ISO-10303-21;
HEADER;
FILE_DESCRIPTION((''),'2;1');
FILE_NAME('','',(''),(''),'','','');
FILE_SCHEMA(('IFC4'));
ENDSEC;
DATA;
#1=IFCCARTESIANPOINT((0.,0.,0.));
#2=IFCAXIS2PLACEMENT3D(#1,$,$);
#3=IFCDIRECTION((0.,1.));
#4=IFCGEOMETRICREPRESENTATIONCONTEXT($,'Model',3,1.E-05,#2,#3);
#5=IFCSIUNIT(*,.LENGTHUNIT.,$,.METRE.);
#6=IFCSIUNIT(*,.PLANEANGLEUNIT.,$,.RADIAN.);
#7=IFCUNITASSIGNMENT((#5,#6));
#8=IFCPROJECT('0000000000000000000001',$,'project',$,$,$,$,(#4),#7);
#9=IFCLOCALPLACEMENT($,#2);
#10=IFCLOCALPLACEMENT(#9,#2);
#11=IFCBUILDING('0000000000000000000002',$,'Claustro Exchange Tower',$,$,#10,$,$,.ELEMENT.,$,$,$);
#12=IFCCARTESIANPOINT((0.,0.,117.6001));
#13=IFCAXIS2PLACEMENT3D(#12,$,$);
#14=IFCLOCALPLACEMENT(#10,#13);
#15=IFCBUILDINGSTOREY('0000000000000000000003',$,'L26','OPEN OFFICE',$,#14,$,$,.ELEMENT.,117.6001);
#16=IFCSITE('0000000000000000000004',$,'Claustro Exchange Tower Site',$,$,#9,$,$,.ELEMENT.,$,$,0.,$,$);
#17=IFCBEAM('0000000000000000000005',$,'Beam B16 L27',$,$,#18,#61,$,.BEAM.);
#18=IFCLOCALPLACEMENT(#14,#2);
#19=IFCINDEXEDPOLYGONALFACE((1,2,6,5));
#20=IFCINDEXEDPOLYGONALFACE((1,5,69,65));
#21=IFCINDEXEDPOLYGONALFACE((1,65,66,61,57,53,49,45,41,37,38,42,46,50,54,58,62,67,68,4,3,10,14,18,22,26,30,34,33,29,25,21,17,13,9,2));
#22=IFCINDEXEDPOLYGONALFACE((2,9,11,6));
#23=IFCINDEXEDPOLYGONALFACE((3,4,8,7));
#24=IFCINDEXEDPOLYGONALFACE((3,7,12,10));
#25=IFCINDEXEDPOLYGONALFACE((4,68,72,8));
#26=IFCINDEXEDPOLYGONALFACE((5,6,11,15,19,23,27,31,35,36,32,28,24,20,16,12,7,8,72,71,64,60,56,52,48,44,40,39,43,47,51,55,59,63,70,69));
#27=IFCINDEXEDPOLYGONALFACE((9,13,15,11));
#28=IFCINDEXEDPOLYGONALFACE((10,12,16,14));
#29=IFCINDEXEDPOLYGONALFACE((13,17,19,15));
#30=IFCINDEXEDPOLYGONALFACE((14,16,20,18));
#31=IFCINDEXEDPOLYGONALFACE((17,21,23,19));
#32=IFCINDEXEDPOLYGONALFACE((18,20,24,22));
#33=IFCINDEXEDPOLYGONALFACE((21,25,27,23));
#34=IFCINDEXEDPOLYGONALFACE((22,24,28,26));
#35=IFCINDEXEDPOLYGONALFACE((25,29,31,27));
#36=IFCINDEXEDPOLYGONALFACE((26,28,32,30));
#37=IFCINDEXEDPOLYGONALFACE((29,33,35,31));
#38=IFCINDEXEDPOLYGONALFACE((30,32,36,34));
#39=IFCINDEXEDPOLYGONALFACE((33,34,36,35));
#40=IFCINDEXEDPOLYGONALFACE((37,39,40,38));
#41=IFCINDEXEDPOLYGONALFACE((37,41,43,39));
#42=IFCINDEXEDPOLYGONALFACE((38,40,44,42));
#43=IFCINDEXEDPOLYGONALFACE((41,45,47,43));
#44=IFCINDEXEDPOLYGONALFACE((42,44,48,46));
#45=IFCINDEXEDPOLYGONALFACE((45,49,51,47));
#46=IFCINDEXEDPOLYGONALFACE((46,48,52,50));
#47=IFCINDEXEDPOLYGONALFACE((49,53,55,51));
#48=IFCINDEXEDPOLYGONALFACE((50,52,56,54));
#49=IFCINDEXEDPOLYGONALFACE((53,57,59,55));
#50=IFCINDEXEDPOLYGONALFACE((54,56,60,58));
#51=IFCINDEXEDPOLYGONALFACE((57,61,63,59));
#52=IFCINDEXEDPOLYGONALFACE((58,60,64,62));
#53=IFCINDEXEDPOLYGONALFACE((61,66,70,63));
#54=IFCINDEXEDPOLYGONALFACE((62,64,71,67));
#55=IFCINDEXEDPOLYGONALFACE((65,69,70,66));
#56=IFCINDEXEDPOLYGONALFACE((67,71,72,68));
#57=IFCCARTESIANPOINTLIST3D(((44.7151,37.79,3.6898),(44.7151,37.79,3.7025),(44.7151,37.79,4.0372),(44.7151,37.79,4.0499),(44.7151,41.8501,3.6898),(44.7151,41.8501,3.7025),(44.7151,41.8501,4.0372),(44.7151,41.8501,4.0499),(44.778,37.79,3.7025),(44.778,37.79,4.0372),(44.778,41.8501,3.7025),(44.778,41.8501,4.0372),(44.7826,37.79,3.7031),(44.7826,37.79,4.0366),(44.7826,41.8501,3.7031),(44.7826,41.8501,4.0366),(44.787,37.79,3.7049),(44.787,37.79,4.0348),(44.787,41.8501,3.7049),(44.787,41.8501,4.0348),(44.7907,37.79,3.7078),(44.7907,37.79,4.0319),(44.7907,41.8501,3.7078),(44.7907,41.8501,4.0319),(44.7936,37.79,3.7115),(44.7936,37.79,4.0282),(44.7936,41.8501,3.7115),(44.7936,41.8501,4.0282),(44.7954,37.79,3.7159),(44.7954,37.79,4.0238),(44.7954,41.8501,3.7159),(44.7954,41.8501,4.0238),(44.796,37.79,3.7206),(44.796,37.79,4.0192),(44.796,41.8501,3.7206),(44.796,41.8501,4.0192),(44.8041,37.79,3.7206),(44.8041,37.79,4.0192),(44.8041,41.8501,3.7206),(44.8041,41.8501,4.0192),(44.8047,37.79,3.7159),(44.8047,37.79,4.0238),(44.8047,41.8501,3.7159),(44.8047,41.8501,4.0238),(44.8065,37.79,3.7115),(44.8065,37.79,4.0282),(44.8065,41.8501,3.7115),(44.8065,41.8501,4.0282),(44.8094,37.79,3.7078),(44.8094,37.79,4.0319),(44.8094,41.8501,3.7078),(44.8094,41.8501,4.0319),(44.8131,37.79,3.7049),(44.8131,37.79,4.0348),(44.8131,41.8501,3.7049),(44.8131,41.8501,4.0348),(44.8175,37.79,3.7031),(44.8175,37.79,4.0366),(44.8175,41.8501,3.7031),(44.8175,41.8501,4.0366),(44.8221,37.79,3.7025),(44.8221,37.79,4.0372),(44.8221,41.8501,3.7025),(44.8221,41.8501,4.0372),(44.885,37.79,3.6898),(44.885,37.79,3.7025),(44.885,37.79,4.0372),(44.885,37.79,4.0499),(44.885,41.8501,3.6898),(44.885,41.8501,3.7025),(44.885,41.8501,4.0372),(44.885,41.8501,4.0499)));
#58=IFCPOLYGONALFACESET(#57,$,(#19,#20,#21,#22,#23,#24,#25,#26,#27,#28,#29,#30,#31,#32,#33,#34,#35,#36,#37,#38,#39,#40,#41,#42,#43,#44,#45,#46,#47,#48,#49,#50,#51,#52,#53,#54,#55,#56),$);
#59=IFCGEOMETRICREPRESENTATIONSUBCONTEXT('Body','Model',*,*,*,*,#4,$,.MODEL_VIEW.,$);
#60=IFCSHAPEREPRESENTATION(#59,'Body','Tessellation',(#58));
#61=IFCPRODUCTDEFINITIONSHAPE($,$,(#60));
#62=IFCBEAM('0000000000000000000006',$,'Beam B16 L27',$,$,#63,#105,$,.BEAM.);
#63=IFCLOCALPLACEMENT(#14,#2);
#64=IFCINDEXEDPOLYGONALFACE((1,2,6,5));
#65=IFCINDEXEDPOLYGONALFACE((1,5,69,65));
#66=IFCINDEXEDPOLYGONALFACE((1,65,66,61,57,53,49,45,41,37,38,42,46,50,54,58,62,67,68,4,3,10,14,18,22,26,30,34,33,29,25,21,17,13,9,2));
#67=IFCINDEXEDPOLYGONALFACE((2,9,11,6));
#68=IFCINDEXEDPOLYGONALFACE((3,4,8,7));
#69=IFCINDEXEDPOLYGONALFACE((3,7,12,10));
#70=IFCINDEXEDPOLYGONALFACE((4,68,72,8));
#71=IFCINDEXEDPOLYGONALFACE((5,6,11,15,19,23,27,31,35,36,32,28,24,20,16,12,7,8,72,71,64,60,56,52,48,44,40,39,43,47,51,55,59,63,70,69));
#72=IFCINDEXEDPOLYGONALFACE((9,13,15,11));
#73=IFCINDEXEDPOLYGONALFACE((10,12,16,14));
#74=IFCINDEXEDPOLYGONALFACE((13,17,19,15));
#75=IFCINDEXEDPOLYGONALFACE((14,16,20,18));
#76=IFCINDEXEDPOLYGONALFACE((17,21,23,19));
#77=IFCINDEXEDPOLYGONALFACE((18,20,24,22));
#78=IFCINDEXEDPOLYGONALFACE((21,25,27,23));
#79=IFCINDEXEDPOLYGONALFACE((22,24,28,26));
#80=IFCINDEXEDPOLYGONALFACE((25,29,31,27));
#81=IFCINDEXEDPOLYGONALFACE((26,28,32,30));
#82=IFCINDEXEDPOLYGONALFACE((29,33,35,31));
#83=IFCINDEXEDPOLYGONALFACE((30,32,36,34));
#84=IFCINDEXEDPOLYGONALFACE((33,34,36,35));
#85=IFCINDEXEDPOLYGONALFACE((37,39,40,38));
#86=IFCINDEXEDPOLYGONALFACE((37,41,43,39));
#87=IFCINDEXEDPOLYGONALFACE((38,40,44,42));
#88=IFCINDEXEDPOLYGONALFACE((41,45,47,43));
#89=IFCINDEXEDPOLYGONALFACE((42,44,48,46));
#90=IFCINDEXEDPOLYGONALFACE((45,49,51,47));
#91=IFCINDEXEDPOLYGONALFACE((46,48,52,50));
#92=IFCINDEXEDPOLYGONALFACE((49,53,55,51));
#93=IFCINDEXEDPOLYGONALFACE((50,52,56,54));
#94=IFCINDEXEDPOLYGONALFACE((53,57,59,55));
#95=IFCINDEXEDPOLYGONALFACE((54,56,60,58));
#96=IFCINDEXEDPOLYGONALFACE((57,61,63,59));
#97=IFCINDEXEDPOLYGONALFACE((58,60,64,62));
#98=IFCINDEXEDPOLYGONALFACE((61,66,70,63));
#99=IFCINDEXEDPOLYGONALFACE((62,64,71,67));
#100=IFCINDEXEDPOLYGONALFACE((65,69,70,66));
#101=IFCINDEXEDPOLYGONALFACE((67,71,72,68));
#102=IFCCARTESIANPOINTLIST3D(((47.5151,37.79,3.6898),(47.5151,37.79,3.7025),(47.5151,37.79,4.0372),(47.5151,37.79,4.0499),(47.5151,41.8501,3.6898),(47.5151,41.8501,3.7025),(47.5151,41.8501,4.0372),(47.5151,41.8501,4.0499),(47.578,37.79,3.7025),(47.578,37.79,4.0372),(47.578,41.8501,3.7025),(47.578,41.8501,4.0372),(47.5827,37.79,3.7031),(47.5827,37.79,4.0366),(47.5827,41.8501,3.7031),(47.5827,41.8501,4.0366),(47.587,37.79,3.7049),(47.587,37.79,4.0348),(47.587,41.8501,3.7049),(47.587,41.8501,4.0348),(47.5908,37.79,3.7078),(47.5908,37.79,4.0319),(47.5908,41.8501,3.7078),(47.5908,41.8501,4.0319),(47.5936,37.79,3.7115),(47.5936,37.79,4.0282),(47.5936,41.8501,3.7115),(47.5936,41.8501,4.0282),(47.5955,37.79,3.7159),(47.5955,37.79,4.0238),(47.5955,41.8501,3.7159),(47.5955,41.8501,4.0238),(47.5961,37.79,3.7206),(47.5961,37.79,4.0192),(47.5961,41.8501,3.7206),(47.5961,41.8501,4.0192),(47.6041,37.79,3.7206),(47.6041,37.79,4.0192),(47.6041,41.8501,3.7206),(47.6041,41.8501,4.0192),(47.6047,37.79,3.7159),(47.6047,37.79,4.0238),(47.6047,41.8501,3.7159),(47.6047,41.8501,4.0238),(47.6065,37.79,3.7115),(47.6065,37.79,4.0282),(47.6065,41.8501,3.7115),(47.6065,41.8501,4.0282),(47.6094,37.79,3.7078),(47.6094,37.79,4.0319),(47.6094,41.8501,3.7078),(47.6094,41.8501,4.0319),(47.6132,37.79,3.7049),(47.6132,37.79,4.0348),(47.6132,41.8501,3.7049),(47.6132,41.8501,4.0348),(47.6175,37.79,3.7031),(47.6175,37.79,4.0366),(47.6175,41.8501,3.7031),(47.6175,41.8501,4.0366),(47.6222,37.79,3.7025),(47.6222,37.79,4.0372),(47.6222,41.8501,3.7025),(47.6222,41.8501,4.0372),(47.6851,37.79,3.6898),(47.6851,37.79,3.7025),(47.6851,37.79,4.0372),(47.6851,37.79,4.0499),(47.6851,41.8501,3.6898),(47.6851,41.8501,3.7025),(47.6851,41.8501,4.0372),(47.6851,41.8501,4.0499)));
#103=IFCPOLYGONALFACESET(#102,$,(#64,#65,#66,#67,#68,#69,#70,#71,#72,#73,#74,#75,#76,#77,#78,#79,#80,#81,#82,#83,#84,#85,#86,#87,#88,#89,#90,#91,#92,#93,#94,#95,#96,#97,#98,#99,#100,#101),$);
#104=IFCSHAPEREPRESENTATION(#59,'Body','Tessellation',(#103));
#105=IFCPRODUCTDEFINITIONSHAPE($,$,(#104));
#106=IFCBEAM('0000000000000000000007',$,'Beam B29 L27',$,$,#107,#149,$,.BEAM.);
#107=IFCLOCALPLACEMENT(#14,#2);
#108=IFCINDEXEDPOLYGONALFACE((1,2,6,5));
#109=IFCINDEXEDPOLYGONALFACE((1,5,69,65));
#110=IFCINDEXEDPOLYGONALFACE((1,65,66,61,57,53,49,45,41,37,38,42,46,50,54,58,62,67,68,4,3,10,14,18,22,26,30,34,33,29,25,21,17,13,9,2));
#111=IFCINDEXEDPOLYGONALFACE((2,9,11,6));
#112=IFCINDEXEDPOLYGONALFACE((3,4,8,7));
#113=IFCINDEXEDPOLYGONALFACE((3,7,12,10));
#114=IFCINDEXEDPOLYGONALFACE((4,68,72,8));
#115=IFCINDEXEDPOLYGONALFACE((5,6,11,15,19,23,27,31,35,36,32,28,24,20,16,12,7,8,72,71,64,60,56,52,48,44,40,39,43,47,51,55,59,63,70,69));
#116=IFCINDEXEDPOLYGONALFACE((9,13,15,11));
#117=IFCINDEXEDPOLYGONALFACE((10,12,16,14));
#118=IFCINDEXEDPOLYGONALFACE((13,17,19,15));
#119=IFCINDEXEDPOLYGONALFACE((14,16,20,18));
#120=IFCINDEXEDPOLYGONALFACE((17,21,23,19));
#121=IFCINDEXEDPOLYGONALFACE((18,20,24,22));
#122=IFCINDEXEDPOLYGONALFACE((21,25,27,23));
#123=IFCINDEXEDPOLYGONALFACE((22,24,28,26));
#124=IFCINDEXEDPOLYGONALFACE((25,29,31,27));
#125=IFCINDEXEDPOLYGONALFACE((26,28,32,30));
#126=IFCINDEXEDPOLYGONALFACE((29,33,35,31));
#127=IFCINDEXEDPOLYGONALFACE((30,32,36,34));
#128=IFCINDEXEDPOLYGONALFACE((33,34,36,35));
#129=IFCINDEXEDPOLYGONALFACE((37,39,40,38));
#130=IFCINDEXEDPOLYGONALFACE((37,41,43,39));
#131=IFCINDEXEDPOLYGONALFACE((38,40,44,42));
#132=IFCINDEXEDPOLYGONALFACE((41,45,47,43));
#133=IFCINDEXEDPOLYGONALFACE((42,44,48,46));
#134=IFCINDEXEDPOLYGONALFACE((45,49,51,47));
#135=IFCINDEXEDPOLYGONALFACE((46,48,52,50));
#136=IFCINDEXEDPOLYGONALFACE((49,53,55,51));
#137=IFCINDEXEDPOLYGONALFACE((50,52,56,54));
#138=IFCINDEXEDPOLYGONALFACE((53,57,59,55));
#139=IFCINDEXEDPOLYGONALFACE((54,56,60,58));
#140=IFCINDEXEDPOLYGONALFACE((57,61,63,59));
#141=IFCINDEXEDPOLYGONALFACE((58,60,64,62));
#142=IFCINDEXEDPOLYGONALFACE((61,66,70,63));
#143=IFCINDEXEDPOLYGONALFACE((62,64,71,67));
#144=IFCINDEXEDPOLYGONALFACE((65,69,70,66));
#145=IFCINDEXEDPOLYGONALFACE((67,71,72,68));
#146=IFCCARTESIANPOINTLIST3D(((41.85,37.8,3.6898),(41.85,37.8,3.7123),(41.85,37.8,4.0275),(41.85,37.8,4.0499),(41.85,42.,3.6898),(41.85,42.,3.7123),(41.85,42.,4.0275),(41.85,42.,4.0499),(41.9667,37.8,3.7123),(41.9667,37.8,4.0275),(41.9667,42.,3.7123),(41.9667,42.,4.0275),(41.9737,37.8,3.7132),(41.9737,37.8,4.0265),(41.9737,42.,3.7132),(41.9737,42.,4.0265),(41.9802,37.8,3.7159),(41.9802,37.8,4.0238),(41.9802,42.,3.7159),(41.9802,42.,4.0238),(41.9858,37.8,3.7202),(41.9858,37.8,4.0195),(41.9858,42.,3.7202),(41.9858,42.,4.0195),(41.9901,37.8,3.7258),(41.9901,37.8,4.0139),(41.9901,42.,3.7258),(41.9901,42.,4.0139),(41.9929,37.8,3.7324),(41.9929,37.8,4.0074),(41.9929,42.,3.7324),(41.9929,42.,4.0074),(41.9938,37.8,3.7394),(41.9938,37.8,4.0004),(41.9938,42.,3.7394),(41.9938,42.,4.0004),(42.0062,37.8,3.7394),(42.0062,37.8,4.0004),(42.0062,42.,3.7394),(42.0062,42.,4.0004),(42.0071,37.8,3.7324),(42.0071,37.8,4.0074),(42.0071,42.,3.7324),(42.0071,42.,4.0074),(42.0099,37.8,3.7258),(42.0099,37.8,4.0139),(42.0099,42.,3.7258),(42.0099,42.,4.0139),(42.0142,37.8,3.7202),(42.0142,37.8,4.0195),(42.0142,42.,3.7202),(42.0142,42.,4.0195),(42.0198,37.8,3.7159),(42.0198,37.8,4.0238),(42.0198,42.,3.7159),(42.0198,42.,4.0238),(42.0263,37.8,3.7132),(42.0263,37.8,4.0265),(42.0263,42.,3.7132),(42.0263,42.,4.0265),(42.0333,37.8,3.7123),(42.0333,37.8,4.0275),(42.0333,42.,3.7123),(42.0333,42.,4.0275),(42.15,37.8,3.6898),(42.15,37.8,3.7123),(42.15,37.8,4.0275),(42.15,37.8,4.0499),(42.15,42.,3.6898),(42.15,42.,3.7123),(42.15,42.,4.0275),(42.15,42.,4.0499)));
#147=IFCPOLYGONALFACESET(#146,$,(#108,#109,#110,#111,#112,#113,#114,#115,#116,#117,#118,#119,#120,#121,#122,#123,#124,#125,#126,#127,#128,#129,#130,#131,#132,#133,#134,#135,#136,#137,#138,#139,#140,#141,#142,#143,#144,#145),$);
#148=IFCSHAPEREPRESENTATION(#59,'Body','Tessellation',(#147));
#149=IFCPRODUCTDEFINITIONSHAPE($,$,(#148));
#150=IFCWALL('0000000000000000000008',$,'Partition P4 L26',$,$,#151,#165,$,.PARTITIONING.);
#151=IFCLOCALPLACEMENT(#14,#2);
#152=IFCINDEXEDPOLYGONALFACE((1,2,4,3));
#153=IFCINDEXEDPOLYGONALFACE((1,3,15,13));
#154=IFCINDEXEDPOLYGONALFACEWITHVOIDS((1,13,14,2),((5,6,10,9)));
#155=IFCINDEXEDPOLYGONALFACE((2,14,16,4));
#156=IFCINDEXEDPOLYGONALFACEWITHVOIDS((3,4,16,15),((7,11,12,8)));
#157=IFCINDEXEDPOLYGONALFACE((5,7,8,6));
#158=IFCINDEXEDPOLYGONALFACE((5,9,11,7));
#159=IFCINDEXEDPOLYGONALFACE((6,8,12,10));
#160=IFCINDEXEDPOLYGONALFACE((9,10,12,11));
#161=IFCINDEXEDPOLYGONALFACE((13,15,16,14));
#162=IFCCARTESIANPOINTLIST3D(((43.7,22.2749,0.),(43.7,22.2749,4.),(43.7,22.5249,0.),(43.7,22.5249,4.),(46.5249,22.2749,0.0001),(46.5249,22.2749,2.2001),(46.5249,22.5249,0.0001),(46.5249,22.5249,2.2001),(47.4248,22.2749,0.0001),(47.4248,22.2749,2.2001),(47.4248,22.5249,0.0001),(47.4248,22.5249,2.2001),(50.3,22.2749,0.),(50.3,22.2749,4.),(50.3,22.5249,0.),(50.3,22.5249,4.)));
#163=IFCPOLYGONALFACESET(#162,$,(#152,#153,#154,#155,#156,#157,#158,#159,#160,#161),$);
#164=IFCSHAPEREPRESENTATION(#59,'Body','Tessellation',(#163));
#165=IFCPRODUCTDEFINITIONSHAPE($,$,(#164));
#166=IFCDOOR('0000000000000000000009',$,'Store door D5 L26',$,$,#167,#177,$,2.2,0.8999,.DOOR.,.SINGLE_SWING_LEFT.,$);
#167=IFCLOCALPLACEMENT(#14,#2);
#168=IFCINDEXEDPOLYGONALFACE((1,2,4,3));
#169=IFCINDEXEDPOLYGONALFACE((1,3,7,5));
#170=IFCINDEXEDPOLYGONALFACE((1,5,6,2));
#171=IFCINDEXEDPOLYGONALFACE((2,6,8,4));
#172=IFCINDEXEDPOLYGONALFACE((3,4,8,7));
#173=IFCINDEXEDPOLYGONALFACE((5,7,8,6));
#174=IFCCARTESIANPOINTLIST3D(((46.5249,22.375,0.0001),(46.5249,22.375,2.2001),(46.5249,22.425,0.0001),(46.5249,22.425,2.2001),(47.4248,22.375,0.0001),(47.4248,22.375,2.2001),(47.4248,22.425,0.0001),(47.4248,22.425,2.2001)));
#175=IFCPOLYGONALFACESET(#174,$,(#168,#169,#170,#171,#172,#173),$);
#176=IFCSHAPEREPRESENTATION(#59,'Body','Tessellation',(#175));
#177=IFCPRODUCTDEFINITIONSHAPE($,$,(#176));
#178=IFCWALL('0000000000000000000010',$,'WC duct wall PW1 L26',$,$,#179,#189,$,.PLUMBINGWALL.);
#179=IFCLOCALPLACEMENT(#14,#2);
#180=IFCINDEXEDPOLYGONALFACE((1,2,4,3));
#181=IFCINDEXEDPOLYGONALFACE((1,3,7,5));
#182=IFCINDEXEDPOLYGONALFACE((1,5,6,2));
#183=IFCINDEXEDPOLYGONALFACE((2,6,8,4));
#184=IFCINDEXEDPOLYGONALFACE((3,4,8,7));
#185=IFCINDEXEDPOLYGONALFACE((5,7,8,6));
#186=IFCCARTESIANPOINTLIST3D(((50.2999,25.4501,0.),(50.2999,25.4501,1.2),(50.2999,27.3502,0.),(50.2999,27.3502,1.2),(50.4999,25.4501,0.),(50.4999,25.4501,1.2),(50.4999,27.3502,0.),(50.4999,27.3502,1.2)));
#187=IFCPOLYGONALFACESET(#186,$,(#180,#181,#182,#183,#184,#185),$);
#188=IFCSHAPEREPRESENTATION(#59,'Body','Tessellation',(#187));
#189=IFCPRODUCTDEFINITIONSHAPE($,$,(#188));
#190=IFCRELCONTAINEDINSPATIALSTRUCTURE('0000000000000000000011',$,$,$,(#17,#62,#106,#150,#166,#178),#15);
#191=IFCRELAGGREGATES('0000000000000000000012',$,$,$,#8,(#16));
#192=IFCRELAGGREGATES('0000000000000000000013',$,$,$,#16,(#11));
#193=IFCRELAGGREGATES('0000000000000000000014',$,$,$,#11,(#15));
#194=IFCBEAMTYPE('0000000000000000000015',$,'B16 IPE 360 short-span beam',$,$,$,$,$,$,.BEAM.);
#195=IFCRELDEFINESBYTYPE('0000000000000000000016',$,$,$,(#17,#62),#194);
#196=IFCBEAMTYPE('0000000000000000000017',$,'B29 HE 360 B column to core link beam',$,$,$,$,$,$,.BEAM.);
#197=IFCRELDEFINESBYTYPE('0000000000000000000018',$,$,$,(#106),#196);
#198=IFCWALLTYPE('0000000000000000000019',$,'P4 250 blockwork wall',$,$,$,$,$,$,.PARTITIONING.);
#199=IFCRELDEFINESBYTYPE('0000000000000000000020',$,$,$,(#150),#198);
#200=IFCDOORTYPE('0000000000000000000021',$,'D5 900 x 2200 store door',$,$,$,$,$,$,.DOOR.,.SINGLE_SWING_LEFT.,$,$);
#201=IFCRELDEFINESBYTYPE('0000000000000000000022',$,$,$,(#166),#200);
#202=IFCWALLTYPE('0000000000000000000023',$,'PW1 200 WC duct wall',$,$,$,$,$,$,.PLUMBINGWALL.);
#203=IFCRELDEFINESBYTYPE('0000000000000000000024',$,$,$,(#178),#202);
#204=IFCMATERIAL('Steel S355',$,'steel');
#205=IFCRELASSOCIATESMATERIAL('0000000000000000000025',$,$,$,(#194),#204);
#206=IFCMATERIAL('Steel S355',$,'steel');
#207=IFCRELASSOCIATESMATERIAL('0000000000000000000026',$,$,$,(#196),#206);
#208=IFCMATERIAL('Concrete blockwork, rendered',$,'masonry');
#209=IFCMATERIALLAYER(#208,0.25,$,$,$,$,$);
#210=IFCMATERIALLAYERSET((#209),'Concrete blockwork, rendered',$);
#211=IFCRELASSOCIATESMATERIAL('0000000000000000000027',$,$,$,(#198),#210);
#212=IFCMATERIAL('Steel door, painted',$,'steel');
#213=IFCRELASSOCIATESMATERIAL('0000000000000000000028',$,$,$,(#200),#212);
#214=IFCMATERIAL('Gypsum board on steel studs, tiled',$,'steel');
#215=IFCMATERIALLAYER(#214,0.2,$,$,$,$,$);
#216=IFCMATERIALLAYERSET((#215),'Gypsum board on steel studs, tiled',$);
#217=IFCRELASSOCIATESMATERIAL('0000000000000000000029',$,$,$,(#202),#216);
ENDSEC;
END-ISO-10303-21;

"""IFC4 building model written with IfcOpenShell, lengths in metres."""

from ifc_helpers import new_model, si_unit, direction, frame, frame_2d, origin, origin_2d, place, context, subcontext, project, spatial, rectangle, i_section, extrude, material, layer, layer_set, material_profile, profile_set, type_object, element, fill, save


model = new_model("IFC4")

# Units and contexts
model_context = context("Model", 3, precision=1e-05, world=origin(), true_north=direction((0.0, 1.0)))
body_context = subcontext(model_context, "Body", "Model", "MODEL_VIEW")
ifc_project = project(units=[si_unit("LENGTHUNIT", "METRE"), si_unit("PLANEANGLEUNIT", "RADIAN")], contexts=[model_context])

# Site, building, storey
site_placement = place(None, origin())
site = spatial("IfcSite", under=ifc_project, at=site_placement, Name="Claustro Exchange Tower Site", CompositionType="ELEMENT", RefElevation=0.0)
building_placement = place(site_placement, origin())
building = spatial("IfcBuilding", under=site, at=building_placement, Name="Claustro Exchange Tower", CompositionType="ELEMENT")
storey_placement = place(building_placement, frame((0.0, 0.0, 117.6001)))
storey = spatial("IfcBuildingStorey", under=building, at=storey_placement, Name="L26", Description="OPEN OFFICE", CompositionType="ELEMENT", Elevation=117.6001)

# Beams
ifc_material_1 = material(Name="Steel S355", Category="steel")
ifc_material_profile_1 = material_profile(ifc_material_1, i_section(OverallWidth=0.1699, OverallDepth=0.3601, WebThickness=0.0081, FlangeThickness=0.0127, FilletRadius=0.0181, at=origin_2d()), Name="IPE 360")
ifc_profile_set_1 = profile_set([ifc_material_profile_1], Name="Steel S355")
beam_type_1 = type_object("IfcBeamType", Name="B16 IPE 360 short-span beam", PredefinedType="BEAM", material=ifc_profile_set_1)
for number, where, z_axis, x_axis, name in (
    (1, (44.8, 37.79, 3.8699), (0.0, 1.0, 0.0), (-1.0, 0.0, 0.0), "Beam B16 L27"),
    (2, (47.6001, 37.79, 3.8699), (0.0, 1.0, 0.0), (-1.0, 0.0, 0.0), "Beam B16 L27"),
):
    element("IfcBeam", number, at=place(storey_placement, frame(where, z_axis=z_axis, x_axis=x_axis)), inside=storey, type_object=beam_type_1, Name=name, PredefinedType="BEAM", context=body_context, shape_type="SweptSolid", body=[
        extrude(i_section(OverallWidth=0.1699, OverallDepth=0.3601, WebThickness=0.0081, FlangeThickness=0.0127, FilletRadius=0.0181, at=origin_2d()), origin(), (0.0, 0.0, 1.0), 4.0601),
    ])
ifc_material_2 = material(Name="Steel S355", Category="steel")
ifc_material_profile_2 = material_profile(ifc_material_2, i_section(OverallWidth=0.3, OverallDepth=0.3601, WebThickness=0.0125, FlangeThickness=0.0225, FilletRadius=0.0271, at=origin_2d()), Name="HE 360 B")
ifc_profile_set_2 = profile_set([ifc_material_profile_2], Name="Steel S355")
beam_type_2 = type_object("IfcBeamType", Name="B29 HE 360 B column to core link beam", PredefinedType="BEAM", material=ifc_profile_set_2)
beam_placement = place(storey_placement, frame((42.0, 37.8, 3.8699), z_axis=(0.0, 1.0, 0.0), x_axis=(-1.0, 0.0, 0.0)))
element("IfcBeam", 3, at=beam_placement, inside=storey, type_object=beam_type_2, Name="Beam B29 L27", PredefinedType="BEAM", context=body_context, shape_type="SweptSolid", body=[
    extrude(i_section(OverallWidth=0.3, OverallDepth=0.3601, WebThickness=0.0125, FlangeThickness=0.0225, FilletRadius=0.0271, at=origin_2d()), origin(), (0.0, 0.0, 1.0), 4.2),
])

# Wall, opening, door
ifc_material_3 = material(Name="Concrete blockwork, rendered", Category="masonry")
ifc_layer_1 = layer(ifc_material_3, 0.25)
ifc_layer_set_1 = layer_set([ifc_layer_1], Name="Concrete blockwork, rendered")
wall_type_1 = type_object("IfcWallType", Name="P4 250 blockwork wall", PredefinedType="PARTITIONING", material=ifc_layer_set_1)
wall_1_placement = place(storey_placement, frame((43.7, 22.3999, 0.0), z_axis=(0.0, 0.0, 1.0), x_axis=(1.0, 0.0, 0.0)))
wall_1 = element("IfcWall", 4, at=wall_1_placement, inside=storey, type_object=wall_type_1, Name="Partition P4 L26", PredefinedType="PARTITIONING", context=body_context, shape_type="SweptSolid", body=[
    extrude(rectangle(XDim=6.6001, YDim=0.25, at=frame_2d((3.3, 0.0))), origin(), (0.0, 0.0, 1.0), 4.0),
])
opening_placement = place(wall_1_placement, frame((2.825, 0.0, 0.0)))
opening = element("IfcOpeningElement", 5, at=opening_placement, cuts=wall_1, PredefinedType="OPENING", context=body_context, shape_type="SweptSolid", body=[
    extrude(rectangle(XDim=0.8999, YDim=2.2, at=frame_2d((0.45, 1.1001))), frame((0.0, 0.135, 0.0), z_axis=(0.0, -1.0, 0.0), x_axis=(1.0, 0.0, 0.0)), (0.0, 0.0, 1.0), 0.27),
])
ifc_material_4 = material(Name="Steel door, painted", Category="steel")
door_type = type_object("IfcDoorType", Name="D5 900 x 2200 store door", OperationType="SINGLE_SWING_LEFT", PredefinedType="DOOR", material=ifc_material_4)
door_placement = place(opening_placement, frame((0.8999, 0.0, 0.0), z_axis=(0.0, 0.0, 1.0), x_axis=(-1.0, 0.0, 0.0)))
door = element("IfcDoor", 6, at=door_placement, inside=storey, type_object=door_type, Name="Store door D5 L26", OperationType="SINGLE_SWING_LEFT", OverallHeight=2.2, OverallWidth=0.8999, PredefinedType="DOOR", context=body_context, shape_type="SweptSolid", body=[
    extrude(rectangle(XDim=0.8999, YDim=2.2, at=frame_2d((0.45, 1.1001))), frame((0.0, 0.0249, 0.0), z_axis=(0.0, -1.0, 0.0), x_axis=(1.0, 0.0, 0.0)), (0.0, 0.0, 1.0), 0.05),
])
fill(opening, door)

# Wall
ifc_material_5 = material(Name="Gypsum board on steel studs, tiled", Category="steel")
ifc_layer_2 = layer(ifc_material_5, 0.2)
ifc_layer_set_2 = layer_set([ifc_layer_2], Name="Gypsum board on steel studs, tiled")
wall_type_2 = type_object("IfcWallType", Name="PW1 200 WC duct wall", PredefinedType="PLUMBINGWALL", material=ifc_layer_set_2)
wall_2_placement = place(storey_placement, frame((50.3999, 25.45, 0.0), z_axis=(0.0, 0.0, 1.0), x_axis=(0.0, 1.0, 0.0)))
element("IfcWall", 7, at=wall_2_placement, inside=storey, type_object=wall_type_2, Name="WC duct wall PW1 L26", PredefinedType="PLUMBINGWALL", context=body_context, shape_type="SweptSolid", body=[
    extrude(rectangle(XDim=1.9001, YDim=0.2, at=frame_2d((0.9502, 0.0))), origin(), (0.0, 0.0, 1.0), 1.2),
])

save(model, "model.ifc")
